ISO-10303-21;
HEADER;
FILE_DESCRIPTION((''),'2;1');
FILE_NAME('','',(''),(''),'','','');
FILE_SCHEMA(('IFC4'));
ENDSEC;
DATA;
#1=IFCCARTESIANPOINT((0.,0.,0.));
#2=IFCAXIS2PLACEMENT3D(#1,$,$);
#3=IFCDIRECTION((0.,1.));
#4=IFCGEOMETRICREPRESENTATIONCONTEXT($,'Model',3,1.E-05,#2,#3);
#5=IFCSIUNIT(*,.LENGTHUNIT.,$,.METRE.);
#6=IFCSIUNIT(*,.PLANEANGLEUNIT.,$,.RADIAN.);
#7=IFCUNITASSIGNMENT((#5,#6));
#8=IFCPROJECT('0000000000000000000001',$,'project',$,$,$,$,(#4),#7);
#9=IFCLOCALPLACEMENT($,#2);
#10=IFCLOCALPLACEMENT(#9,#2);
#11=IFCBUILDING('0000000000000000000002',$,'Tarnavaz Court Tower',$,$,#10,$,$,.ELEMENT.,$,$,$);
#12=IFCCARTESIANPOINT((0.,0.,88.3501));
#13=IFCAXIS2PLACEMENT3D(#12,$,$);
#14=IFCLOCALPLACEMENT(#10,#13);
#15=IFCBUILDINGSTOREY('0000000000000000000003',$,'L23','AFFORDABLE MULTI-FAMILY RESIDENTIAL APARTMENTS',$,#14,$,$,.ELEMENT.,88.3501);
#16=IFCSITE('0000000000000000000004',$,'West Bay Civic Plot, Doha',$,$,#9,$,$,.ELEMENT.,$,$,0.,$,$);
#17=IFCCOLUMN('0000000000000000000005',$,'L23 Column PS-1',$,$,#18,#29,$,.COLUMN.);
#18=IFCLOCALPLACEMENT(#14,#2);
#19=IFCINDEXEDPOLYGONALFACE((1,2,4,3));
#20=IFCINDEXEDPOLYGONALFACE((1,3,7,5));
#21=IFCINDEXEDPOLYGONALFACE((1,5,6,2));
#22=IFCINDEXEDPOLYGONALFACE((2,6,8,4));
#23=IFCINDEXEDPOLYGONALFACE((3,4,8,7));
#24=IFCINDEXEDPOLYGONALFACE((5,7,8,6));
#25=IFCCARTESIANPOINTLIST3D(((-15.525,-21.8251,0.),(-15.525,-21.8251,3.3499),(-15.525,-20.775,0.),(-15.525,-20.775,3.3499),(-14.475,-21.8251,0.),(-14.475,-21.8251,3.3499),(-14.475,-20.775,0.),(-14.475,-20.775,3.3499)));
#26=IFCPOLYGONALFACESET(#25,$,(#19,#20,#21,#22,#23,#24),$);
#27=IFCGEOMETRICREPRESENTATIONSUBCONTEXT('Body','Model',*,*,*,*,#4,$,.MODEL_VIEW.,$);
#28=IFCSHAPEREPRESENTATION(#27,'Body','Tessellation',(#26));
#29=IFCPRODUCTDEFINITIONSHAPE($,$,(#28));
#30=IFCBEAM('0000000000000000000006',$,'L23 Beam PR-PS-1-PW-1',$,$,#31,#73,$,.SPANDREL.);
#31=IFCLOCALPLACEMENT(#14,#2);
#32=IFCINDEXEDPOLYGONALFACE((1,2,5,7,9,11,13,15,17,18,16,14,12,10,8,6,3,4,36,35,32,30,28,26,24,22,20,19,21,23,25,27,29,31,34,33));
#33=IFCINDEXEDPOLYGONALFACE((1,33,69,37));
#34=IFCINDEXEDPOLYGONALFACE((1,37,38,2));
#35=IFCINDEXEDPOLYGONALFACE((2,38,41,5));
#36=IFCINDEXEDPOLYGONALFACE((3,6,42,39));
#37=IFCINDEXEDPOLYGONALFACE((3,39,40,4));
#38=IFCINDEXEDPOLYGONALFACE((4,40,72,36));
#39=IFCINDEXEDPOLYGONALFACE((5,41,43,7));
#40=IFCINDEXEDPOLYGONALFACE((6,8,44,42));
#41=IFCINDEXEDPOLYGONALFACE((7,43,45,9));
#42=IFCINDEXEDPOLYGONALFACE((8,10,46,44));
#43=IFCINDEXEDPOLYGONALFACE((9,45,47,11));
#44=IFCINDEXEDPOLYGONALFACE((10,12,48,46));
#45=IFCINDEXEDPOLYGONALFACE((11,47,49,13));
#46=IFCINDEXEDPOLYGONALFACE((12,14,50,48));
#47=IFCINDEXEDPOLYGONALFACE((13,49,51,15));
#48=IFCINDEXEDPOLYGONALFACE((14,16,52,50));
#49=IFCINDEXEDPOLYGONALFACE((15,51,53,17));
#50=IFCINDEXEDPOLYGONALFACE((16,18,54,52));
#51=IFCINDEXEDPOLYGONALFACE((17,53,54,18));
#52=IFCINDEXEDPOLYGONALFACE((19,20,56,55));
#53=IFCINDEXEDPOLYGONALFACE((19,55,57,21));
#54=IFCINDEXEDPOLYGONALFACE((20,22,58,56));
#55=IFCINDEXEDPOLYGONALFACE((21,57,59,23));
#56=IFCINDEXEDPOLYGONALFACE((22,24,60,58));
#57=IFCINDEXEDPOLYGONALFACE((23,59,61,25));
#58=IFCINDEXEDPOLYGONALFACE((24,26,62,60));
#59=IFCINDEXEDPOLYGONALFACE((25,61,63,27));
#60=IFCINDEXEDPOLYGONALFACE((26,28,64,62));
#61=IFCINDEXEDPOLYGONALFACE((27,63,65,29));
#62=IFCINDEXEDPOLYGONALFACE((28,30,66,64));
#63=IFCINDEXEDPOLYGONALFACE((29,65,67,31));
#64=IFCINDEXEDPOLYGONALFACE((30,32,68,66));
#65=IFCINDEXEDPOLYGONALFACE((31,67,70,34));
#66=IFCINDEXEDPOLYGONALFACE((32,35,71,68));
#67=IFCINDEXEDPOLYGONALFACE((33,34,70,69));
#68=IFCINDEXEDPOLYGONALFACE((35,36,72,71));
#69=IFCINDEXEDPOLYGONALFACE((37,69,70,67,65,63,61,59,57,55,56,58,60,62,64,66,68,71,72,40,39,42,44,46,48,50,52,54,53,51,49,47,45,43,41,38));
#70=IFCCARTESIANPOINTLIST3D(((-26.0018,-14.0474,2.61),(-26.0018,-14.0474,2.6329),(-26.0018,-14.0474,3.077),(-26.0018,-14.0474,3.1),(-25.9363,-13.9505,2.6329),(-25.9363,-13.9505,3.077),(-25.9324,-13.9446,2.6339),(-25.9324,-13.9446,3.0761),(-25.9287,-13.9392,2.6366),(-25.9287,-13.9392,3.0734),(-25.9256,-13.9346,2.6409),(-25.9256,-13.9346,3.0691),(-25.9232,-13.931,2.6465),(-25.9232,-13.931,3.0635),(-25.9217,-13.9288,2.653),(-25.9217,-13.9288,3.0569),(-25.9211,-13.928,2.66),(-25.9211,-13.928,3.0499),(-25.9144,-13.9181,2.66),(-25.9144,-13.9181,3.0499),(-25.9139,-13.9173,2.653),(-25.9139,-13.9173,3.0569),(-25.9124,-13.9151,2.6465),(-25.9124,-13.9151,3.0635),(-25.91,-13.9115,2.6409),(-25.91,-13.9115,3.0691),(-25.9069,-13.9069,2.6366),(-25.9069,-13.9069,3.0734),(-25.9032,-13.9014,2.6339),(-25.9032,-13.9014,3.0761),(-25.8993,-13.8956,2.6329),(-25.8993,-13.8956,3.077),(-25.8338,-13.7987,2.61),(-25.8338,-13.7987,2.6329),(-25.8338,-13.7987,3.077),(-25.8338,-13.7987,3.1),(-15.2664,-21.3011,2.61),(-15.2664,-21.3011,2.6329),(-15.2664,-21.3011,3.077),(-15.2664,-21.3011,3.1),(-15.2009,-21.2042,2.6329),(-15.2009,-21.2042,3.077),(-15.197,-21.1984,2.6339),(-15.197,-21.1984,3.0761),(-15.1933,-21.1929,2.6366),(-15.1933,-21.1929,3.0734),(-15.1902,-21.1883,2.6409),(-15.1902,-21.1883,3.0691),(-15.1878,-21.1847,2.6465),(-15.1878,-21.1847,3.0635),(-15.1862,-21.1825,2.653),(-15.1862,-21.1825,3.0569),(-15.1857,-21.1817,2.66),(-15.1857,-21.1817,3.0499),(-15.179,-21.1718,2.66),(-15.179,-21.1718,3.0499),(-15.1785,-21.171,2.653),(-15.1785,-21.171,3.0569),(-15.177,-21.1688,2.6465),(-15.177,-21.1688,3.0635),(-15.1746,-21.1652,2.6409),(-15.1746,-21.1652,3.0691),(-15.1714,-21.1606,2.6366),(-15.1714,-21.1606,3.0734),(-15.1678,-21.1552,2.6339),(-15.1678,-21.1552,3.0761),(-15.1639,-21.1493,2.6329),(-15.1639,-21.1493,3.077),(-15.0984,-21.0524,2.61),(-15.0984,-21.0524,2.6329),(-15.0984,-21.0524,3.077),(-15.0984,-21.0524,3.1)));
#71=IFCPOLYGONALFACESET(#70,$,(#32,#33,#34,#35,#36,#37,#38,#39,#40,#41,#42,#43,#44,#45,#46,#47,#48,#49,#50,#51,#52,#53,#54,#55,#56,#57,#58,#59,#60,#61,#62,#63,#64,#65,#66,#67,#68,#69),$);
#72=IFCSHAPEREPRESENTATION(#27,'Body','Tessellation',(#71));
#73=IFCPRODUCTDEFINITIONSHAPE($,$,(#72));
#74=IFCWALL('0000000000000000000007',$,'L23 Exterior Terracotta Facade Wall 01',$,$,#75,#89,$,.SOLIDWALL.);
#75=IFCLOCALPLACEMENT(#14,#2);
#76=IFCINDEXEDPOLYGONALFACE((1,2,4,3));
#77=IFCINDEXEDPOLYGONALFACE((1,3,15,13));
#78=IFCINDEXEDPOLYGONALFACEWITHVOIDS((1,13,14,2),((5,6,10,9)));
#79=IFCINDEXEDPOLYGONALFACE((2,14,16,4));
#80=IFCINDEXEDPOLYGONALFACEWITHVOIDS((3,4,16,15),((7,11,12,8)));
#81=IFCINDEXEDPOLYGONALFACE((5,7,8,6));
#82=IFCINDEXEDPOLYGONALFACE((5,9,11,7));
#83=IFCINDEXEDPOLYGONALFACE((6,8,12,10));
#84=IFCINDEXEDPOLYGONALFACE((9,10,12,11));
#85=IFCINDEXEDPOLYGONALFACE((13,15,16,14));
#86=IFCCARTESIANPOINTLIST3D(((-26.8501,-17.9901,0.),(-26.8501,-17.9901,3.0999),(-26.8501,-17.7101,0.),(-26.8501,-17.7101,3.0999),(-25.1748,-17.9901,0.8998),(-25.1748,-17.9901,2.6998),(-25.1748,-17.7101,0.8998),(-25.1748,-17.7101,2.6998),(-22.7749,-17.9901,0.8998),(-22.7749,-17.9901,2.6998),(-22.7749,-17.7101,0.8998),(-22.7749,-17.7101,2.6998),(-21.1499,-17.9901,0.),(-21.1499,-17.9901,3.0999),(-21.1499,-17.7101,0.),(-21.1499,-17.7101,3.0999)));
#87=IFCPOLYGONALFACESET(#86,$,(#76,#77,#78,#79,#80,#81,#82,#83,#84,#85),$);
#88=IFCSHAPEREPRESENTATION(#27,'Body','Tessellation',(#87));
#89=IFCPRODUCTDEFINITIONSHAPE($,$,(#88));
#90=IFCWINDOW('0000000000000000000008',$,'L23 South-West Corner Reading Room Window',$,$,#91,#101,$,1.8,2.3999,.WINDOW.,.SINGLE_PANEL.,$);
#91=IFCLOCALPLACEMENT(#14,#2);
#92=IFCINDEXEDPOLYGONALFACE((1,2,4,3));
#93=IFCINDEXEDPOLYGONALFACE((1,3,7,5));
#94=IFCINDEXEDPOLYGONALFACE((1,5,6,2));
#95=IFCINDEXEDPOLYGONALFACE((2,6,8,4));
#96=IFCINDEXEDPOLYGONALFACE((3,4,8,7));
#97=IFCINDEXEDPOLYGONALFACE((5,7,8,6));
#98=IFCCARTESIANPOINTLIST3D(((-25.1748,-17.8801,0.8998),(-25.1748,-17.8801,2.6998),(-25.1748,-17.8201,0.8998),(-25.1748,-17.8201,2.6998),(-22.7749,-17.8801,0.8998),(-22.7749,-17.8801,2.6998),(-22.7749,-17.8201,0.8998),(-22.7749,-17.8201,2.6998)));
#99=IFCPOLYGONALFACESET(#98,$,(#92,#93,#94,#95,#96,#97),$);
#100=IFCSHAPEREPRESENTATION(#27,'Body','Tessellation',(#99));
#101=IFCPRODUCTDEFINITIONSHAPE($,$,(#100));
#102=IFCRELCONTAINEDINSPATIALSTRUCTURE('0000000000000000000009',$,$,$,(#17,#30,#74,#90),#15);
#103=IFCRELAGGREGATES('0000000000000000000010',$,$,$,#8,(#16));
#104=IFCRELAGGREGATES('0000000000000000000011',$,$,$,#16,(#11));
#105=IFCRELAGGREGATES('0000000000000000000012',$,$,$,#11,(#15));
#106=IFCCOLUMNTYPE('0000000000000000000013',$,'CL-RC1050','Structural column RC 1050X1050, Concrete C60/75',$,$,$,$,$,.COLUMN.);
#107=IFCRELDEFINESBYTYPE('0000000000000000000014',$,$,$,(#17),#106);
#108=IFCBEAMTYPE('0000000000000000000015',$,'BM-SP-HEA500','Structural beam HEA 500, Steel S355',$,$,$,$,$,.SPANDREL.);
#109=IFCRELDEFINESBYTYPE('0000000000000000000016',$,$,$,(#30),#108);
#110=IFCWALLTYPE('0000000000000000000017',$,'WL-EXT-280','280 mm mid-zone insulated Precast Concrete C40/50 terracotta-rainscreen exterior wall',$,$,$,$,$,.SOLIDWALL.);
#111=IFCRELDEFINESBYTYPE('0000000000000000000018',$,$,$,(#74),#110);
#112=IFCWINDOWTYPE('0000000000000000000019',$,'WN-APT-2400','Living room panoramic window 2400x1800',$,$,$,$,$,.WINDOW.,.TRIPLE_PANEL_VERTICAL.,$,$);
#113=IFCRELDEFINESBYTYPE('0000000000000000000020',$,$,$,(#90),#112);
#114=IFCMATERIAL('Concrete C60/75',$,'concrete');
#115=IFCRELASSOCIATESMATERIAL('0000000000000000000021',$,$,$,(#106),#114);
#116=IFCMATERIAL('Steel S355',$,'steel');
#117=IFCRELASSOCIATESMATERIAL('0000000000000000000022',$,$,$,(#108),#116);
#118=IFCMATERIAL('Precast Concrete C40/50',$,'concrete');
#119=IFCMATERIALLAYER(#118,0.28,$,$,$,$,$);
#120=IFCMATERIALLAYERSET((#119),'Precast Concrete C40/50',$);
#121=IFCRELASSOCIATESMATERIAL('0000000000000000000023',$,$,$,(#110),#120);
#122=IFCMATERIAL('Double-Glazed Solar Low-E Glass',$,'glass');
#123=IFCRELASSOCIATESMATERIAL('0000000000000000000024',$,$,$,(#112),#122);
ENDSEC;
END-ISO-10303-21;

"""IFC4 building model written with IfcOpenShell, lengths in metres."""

from ifc_helpers import new_model, si_unit, direction, frame, frame_2d, origin, origin_2d, place, context, subcontext, project, spatial, rectangle, i_section, extrude, material, layer, layer_set, material_profile, profile_set, type_object, element, fill, save


model = new_model("IFC4")

# Units and contexts
model_context = context("Model", 3, precision=1e-05, world=origin(), true_north=direction((0.0, 1.0)))
body_context = subcontext(model_context, "Body", "Model", "MODEL_VIEW")
ifc_project = project(units=[si_unit("LENGTHUNIT", "METRE"), si_unit("PLANEANGLEUNIT", "RADIAN")], contexts=[model_context])

# Site, building, storey
site_placement = place(None, origin())
site = spatial("IfcSite", under=ifc_project, at=site_placement, Name="West Bay Civic Plot, Doha", CompositionType="ELEMENT", RefElevation=0.0)
building_placement = place(site_placement, origin())
building = spatial("IfcBuilding", under=site, at=building_placement, Name="Tarnavaz Court Tower", CompositionType="ELEMENT")
storey_placement = place(building_placement, frame((0.0, 0.0, 88.3501)))
storey = spatial("IfcBuildingStorey", under=building, at=storey_placement, Name="L23", Description="AFFORDABLE MULTI-FAMILY RESIDENTIAL APARTMENTS", CompositionType="ELEMENT", Elevation=88.3501)

# Column
ifc_material_1 = material(Name="Concrete C60/75", Category="concrete")
ifc_material_profile_1 = material_profile(ifc_material_1, rectangle(XDim=1.05, YDim=1.05, at=origin_2d()), Name="RC 1050X1050")
ifc_profile_set_1 = profile_set([ifc_material_profile_1], Name="Concrete C60/75")
column_type = type_object("IfcColumnType", Name="CL-RC1050", Description="Structural column RC 1050X1050, Concrete C60/75", PredefinedType="COLUMN", material=ifc_profile_set_1)
column_placement = place(storey_placement, frame((-15.0, -21.3, 0.0), z_axis=(0.0, 0.0, 1.0), x_axis=(1.0, 0.0, 0.0)))
element("IfcColumn", 1, at=column_placement, inside=storey, type_object=column_type, Name="L23 Column PS-1", PredefinedType="COLUMN", context=body_context, shape_type="SweptSolid", body=[
    extrude(rectangle(XDim=1.05, YDim=1.05, at=origin_2d()), origin(), (0.0, 0.0, 1.0), 3.3499),
])

# Beam
ifc_material_2 = material(Name="Steel S355", Category="steel")
ifc_material_profile_2 = material_profile(ifc_material_2, i_section(OverallWidth=0.3, OverallDepth=0.49, WebThickness=0.012, FlangeThickness=0.0229, FilletRadius=0.0271, at=origin_2d()), Name="HEA 500")
ifc_profile_set_2 = profile_set([ifc_material_profile_2], Name="Steel S355")
beam_type = type_object("IfcBeamType", Name="BM-SP-HEA500", Description="Structural beam HEA 500, Steel S355", PredefinedType="SPANDREL", material=ifc_profile_set_2)
beam_placement = place(storey_placement, frame((-15.1824, -21.1768, 2.855), z_axis=(-0.828587, 0.55986, 0.0), x_axis=(-0.55986, -0.828587, 0.0)))
element("IfcBeam", 2, at=beam_placement, inside=storey, type_object=beam_type, Name="L23 Beam PR-PS-1-PW-1", PredefinedType="SPANDREL", context=body_context, shape_type="SweptSolid", body=[
    extrude(i_section(OverallWidth=0.3, OverallDepth=0.49, WebThickness=0.012, FlangeThickness=0.0229, FilletRadius=0.0271, at=origin_2d()), origin(), (0.0, 0.0, 1.0), 12.9563),
])

# Wall, opening, window
ifc_material_3 = material(Name="Precast Concrete C40/50", Category="concrete")
ifc_layer_1 = layer(ifc_material_3, 0.28)
ifc_layer_set_1 = layer_set([ifc_layer_1], Name="Precast Concrete C40/50")
wall_type_1 = type_object("IfcWallType", Name="WL-EXT-280", Description="280 mm mid-zone insulated Precast Concrete C40/50 terracotta-rainscreen exterior wall", PredefinedType="SOLIDWALL", material=ifc_layer_set_1)
wall_1_placement = place(storey_placement, frame((-21.1499, -17.8501, 0.0), z_axis=(0.0, 0.0, 1.0), x_axis=(-1.0, 0.0, 0.0)))
wall_1 = element("IfcWall", 3, at=wall_1_placement, inside=storey, type_object=wall_type_1, Name="L23 Exterior Terracotta Facade Wall 01", PredefinedType="SOLIDWALL", context=body_context, shape_type="SweptSolid", body=[
    extrude(rectangle(XDim=5.7002, YDim=0.28, at=frame_2d((2.8501, 0.0))), origin(), (0.0, 0.0, 1.0), 3.0999),
])
opening_1_placement = place(wall_1_placement, frame((1.625, 0.0, 0.8999)))
opening_1 = element("IfcOpeningElement", 4, at=opening_1_placement, cuts=wall_1, PredefinedType="OPENING", context=body_context, shape_type="SweptSolid", body=[
    extrude(rectangle(XDim=2.3999, YDim=1.8, at=frame_2d((1.2, 0.8999))), frame((0.0, 0.1499, 0.0), z_axis=(0.0, -1.0, 0.0), x_axis=(1.0, 0.0, 0.0)), (0.0, 0.0, 1.0), 0.3),
])
ifc_material_4 = material(Name="Double-Glazed Solar Low-E Glass", Category="glass")
window_type_1 = type_object("IfcWindowType", Name="WN-APT-2400", Description="Living room panoramic window 2400x1800", PartitioningType="TRIPLE_PANEL_VERTICAL", PredefinedType="WINDOW", material=ifc_material_4)
window_1_placement = place(opening_1_placement, origin())
window_1 = element("IfcWindow", 5, at=window_1_placement, inside=storey, type_object=window_type_1, Name="L23 South-West Corner Reading Room Window", OverallHeight=1.8, OverallWidth=2.3999, PartitioningType="SINGLE_PANEL", PredefinedType="WINDOW", context=body_context, shape_type="SweptSolid", body=[
    extrude(rectangle(XDim=2.3999, YDim=1.8, at=frame_2d((1.2, 0.8999))), frame((0.0, 0.03, 0.0), z_axis=(0.0, -1.0, 0.0), x_axis=(1.0, 0.0, 0.0)), (0.0, 0.0, 1.0), 0.0601),
])
fill(opening_1, window_1)

save(model, "model.ifc")
